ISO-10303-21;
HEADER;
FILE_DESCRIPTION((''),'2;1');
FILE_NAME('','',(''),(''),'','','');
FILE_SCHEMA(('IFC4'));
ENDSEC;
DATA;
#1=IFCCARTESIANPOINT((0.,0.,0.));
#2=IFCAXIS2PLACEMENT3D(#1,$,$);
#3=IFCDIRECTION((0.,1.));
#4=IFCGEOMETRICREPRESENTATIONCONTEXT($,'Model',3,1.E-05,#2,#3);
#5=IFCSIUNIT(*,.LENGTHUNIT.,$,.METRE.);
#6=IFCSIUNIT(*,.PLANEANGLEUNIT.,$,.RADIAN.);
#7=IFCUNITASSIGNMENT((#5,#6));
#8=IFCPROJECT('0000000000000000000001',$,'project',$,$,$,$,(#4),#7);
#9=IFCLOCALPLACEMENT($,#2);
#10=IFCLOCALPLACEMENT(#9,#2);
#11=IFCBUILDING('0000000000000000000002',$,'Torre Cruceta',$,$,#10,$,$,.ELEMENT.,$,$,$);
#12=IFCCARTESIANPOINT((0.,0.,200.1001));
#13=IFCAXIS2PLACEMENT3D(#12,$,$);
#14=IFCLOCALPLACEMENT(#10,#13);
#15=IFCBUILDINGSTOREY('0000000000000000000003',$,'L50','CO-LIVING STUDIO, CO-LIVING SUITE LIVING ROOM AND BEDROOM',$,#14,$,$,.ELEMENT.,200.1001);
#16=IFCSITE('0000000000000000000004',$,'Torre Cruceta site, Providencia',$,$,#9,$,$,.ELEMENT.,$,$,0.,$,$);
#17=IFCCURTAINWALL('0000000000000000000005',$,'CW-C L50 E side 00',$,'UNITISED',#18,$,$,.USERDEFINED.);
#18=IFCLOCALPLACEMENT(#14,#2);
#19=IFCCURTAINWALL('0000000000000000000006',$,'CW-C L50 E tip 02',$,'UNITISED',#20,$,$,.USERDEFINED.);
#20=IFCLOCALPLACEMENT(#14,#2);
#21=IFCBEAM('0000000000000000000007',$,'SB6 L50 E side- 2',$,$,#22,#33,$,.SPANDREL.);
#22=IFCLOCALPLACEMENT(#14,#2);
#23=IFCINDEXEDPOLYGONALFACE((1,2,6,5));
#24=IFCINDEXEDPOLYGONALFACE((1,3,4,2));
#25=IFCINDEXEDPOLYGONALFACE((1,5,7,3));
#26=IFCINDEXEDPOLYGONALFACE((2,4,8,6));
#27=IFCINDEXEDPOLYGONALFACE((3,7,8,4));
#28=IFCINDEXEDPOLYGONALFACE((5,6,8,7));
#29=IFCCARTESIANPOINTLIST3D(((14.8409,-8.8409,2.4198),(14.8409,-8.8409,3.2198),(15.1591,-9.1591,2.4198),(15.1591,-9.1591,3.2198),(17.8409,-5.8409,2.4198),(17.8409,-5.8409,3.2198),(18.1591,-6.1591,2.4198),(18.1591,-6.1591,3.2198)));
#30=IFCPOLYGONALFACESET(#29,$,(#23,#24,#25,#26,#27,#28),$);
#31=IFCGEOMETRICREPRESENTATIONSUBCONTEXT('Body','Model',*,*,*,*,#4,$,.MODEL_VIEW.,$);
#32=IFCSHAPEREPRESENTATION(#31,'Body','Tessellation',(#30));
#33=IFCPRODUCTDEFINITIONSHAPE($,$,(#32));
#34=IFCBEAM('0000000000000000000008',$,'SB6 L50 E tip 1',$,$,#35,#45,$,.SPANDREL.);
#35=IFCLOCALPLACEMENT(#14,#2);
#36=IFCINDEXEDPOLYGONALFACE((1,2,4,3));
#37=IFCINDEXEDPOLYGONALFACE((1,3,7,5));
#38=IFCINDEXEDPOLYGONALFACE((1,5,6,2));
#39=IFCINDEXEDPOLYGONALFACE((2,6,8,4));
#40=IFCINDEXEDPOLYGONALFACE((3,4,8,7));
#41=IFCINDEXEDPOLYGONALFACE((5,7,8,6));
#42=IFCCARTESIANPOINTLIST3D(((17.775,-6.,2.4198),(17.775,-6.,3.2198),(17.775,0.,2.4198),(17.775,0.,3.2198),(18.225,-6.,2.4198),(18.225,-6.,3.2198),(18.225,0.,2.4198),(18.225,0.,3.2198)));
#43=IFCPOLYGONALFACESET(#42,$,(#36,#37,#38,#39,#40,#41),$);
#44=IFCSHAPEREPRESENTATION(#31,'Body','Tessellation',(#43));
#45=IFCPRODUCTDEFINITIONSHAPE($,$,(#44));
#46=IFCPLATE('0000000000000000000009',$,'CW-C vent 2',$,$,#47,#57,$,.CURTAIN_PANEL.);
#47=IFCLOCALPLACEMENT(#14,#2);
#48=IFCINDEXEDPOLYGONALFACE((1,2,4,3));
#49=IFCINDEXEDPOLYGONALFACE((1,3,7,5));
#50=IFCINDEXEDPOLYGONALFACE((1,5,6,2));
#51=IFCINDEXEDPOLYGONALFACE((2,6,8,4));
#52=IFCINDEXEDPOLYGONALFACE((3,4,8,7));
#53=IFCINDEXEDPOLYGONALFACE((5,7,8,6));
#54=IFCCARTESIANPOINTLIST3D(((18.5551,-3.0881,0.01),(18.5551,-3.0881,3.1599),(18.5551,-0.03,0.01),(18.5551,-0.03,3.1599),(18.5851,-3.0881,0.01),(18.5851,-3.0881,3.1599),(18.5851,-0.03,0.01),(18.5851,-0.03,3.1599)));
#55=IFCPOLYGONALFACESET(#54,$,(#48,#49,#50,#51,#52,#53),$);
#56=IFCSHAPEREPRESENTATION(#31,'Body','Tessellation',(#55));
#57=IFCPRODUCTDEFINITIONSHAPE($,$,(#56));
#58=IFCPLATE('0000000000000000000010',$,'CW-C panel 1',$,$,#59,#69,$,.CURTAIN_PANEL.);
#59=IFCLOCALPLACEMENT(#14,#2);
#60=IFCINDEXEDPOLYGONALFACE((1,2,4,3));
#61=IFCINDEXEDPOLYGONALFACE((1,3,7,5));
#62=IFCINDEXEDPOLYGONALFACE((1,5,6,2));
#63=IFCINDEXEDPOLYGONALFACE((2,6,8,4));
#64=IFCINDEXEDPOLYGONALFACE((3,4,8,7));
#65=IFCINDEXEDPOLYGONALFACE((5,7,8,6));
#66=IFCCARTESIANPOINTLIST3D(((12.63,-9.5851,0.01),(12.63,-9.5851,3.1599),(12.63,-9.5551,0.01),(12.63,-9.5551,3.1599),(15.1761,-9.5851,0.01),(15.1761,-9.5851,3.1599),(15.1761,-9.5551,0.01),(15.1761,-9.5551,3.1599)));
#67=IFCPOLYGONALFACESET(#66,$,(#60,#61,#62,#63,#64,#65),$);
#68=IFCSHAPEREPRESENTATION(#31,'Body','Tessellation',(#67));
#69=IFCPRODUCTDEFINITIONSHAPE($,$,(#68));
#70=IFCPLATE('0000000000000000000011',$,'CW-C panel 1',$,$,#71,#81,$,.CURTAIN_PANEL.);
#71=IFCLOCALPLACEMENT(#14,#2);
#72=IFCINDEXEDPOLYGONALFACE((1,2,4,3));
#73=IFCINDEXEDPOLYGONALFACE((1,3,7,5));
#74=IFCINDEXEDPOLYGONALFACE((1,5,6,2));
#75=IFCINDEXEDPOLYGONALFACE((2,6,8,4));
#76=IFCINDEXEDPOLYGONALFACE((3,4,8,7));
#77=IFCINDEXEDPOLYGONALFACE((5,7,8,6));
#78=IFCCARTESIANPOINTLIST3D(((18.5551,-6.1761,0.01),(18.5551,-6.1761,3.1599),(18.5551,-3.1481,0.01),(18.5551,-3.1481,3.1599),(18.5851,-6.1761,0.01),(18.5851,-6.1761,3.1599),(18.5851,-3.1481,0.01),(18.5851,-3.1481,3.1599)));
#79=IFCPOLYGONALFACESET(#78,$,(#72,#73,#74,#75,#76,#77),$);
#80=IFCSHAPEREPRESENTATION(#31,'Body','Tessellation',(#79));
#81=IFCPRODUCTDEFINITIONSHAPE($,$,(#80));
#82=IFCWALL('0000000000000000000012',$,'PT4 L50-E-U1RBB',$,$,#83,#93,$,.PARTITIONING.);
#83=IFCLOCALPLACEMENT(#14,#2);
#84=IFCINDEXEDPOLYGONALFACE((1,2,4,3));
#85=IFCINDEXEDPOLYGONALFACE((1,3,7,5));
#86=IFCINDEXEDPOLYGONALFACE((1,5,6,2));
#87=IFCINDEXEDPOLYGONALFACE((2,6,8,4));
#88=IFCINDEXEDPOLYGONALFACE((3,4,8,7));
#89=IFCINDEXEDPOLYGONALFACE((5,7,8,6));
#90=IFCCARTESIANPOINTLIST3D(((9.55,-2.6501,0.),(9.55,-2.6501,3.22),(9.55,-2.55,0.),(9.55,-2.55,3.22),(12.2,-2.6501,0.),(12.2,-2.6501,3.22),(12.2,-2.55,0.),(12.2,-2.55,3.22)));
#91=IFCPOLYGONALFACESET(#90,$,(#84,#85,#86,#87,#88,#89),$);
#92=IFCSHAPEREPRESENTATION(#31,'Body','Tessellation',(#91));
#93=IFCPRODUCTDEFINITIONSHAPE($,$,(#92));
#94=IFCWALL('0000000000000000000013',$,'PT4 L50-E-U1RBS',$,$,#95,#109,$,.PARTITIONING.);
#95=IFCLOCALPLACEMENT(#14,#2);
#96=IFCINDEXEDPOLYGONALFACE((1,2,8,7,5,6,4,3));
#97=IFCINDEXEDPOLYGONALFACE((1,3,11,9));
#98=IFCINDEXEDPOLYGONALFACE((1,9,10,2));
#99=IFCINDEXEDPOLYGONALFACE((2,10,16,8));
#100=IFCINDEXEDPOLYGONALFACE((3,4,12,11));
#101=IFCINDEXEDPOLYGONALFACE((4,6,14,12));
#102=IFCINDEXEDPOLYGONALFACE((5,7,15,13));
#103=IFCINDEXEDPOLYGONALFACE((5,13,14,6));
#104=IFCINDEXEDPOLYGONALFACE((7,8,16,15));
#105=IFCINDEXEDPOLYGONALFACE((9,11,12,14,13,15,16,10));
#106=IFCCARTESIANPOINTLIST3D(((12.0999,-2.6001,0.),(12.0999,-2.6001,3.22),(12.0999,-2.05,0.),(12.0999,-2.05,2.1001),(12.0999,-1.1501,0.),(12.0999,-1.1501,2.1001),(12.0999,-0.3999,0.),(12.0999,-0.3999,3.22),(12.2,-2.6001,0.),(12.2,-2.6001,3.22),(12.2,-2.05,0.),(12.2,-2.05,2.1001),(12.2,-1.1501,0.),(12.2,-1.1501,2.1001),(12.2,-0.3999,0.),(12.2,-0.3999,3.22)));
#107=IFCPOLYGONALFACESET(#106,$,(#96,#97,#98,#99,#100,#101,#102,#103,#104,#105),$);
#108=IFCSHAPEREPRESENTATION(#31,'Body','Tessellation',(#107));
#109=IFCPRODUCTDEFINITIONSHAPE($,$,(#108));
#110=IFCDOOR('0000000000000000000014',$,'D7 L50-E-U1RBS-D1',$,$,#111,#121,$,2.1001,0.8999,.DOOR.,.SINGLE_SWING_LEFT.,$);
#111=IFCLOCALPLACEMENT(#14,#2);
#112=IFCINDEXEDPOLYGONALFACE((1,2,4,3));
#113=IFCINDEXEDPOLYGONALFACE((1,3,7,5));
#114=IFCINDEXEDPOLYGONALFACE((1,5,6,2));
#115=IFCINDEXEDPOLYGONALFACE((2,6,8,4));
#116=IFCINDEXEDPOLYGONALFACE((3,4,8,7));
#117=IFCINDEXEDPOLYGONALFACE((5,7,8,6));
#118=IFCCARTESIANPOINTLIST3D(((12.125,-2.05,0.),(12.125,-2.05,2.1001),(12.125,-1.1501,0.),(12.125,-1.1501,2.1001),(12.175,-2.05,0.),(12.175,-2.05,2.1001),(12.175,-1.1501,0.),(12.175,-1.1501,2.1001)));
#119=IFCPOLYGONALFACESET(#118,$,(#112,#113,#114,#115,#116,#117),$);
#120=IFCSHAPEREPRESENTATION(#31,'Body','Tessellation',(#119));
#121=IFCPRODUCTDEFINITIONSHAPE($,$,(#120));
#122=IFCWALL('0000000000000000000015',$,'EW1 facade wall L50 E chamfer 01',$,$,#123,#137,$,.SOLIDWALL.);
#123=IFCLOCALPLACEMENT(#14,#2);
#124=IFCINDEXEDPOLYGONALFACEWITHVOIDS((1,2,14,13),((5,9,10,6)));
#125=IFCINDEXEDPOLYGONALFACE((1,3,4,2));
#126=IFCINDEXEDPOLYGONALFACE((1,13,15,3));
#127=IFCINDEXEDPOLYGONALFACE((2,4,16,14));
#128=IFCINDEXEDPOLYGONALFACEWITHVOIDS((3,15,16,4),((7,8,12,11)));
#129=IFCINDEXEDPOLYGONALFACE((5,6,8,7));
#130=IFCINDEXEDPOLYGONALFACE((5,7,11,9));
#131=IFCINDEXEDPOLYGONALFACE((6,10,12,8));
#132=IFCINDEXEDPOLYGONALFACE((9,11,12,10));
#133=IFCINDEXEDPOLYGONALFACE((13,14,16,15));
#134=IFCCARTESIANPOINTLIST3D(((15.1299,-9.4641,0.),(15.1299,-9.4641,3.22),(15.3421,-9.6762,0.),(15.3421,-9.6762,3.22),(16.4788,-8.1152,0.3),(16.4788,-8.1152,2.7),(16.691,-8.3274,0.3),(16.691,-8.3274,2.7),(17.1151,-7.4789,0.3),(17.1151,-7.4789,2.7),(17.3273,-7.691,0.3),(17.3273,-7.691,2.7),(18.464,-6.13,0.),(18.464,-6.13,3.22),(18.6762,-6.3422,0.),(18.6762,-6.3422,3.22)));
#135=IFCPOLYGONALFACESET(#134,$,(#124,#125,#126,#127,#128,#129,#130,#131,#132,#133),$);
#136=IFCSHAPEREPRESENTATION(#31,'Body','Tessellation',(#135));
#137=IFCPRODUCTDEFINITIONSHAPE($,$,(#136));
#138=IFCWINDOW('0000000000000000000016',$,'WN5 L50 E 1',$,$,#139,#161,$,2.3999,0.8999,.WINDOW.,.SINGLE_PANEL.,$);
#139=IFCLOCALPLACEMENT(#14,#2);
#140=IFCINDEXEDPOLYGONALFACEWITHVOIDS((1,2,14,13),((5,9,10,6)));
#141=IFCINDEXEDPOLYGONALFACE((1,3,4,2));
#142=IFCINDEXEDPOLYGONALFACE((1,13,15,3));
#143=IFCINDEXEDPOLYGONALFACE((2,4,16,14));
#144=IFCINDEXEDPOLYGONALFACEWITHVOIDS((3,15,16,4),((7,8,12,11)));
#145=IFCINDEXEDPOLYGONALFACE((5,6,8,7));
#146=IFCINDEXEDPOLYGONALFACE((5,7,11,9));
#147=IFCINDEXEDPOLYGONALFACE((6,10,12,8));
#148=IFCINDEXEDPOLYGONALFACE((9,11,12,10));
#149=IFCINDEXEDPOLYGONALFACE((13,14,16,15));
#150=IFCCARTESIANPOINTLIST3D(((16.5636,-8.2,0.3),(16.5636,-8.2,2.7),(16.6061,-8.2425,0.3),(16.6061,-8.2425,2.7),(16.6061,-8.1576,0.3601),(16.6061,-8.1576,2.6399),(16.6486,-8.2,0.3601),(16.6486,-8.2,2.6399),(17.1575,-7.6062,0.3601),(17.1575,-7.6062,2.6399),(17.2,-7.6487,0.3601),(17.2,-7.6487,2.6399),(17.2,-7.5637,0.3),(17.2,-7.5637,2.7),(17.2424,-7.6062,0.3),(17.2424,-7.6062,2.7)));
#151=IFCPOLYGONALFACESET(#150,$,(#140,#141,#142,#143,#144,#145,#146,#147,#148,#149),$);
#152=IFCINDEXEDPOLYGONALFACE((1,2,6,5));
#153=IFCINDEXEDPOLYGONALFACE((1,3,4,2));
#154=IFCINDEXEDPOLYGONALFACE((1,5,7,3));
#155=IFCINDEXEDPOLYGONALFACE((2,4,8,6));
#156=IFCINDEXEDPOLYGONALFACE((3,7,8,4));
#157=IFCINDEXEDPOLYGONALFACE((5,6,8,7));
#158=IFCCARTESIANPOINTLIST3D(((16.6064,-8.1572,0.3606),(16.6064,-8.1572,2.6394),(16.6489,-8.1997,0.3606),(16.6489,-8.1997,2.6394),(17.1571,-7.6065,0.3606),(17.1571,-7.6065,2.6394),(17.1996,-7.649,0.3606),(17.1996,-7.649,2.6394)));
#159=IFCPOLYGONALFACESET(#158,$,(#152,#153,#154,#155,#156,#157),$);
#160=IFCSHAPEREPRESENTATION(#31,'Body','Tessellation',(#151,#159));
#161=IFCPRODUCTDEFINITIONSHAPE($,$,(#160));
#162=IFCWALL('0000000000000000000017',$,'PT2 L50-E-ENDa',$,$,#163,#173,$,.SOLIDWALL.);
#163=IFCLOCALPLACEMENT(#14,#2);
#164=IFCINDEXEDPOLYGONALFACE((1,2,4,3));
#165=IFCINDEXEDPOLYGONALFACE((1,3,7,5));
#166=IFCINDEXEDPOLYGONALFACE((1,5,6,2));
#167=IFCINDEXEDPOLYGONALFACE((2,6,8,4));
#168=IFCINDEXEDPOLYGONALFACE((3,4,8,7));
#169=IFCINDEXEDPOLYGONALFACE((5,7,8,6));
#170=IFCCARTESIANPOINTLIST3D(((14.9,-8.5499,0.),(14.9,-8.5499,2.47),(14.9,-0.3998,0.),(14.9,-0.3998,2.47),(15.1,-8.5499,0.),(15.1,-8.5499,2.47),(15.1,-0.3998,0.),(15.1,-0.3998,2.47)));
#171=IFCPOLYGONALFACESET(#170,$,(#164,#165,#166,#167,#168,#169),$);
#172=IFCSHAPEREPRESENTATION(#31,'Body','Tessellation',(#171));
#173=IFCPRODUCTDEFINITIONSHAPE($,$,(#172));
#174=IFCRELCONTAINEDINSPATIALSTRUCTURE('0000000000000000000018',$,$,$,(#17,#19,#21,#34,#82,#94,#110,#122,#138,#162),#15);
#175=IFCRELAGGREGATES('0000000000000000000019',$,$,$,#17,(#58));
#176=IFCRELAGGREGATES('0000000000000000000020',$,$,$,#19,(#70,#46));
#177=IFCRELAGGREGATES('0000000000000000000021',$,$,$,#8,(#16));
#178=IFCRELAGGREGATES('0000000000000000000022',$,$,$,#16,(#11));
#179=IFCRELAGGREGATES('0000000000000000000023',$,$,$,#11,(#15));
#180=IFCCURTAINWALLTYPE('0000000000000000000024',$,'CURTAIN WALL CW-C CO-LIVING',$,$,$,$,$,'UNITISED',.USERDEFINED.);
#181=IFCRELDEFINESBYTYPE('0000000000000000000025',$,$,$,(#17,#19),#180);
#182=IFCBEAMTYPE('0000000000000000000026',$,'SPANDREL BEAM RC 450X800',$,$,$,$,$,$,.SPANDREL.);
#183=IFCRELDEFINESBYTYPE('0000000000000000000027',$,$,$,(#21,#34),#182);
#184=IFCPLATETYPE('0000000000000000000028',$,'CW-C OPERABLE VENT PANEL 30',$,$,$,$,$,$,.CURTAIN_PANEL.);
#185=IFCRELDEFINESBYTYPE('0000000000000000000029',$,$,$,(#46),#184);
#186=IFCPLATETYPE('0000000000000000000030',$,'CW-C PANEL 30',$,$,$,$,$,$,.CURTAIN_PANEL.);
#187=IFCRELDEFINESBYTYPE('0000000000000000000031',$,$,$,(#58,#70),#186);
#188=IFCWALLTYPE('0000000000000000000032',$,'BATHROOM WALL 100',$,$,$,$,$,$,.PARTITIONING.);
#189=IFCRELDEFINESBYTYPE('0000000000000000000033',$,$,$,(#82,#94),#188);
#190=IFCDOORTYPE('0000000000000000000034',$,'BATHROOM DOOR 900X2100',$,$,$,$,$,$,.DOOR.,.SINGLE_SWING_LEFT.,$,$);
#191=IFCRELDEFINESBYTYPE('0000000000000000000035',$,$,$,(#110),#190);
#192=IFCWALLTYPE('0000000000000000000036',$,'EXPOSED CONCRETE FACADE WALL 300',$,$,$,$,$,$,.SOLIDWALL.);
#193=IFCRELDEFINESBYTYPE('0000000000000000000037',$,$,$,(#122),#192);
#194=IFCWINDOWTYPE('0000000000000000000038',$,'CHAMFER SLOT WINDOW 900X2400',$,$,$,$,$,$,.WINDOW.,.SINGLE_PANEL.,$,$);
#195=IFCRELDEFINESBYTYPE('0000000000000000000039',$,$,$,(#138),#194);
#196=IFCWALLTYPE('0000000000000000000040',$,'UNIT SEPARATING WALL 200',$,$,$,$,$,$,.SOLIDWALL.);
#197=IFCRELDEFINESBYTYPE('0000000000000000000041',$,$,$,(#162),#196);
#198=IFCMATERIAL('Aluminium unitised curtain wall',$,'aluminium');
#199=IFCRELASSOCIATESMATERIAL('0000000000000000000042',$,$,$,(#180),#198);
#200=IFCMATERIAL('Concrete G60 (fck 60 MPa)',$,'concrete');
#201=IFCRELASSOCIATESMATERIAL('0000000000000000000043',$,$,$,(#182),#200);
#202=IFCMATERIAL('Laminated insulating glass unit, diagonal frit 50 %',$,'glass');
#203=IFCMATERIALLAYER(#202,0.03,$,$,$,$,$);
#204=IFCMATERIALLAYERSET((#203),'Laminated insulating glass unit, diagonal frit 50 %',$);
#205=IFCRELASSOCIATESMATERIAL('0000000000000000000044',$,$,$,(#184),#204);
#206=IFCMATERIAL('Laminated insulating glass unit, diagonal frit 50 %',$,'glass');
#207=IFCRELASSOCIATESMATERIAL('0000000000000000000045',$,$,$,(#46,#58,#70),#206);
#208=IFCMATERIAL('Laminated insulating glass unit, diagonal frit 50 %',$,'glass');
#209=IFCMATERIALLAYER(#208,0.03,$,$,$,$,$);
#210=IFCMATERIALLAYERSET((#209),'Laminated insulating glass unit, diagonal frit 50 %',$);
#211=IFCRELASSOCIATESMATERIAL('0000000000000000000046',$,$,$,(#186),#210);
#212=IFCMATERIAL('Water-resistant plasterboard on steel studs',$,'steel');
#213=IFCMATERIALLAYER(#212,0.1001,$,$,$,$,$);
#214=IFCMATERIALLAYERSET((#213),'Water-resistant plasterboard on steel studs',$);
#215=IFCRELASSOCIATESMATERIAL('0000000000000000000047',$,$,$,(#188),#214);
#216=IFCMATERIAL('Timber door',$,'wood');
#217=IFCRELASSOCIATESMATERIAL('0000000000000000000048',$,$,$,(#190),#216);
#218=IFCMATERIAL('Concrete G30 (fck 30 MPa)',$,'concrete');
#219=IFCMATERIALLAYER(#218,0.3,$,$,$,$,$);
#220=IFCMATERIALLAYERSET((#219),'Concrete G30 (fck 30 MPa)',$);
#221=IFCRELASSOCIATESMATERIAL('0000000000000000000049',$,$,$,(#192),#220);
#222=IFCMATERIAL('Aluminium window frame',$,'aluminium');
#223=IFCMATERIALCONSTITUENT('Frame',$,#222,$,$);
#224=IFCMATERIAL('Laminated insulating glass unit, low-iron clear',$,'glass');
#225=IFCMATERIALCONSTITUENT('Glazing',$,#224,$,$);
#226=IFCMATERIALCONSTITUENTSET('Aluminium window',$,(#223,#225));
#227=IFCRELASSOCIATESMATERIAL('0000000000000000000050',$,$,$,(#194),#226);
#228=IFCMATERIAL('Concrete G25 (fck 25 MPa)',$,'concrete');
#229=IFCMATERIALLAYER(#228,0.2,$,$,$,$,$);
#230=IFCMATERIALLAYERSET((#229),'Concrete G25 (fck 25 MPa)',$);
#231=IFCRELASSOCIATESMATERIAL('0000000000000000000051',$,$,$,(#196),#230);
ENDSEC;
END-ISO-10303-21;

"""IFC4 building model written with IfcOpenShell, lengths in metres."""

from ifc_helpers import new_model, si_unit, direction, frame, frame_2d, origin, origin_2d, place, context, subcontext, project, spatial, rectangle, hollow_rectangle, extrude, material, layer, layer_set, constituent, constituent_set, material_profile, profile_set, type_object, element, fill, aggregate, save


model = new_model("IFC4")

# Units and contexts
model_context = context("Model", 3, precision=1e-05, world=origin(), true_north=direction((0.0, 1.0)))
body_context = subcontext(model_context, "Body", "Model", "MODEL_VIEW")
ifc_project = project(units=[si_unit("LENGTHUNIT", "METRE"), si_unit("PLANEANGLEUNIT", "RADIAN")], contexts=[model_context])

# Site, building, storey
site_placement = place(None, origin())
site = spatial("IfcSite", under=ifc_project, at=site_placement, Name="Torre Cruceta site, Providencia", CompositionType="ELEMENT", RefElevation=0.0)
building_placement = place(site_placement, origin())
building = spatial("IfcBuilding", under=site, at=building_placement, Name="Torre Cruceta", CompositionType="ELEMENT")
storey_placement = place(building_placement, frame((0.0, 0.0, 200.1001)))
storey = spatial("IfcBuildingStorey", under=building, at=storey_placement, Name="L50", Description="CO-LIVING STUDIO, CO-LIVING SUITE LIVING ROOM AND BEDROOM", CompositionType="ELEMENT", Elevation=200.1001)

# Curtain walls
ifc_material_1 = material(Name="Aluminium unitised curtain wall", Category="aluminium")
curtain_wall_type = type_object("IfcCurtainWallType", Name="CURTAIN WALL CW-C CO-LIVING", ElementType="UNITISED", PredefinedType="USERDEFINED", material=ifc_material_1)
curtain_wall_1_placement = place(storey_placement, origin())
curtain_wall_1 = element("IfcCurtainWall", 1, at=curtain_wall_1_placement, inside=storey, type_object=curtain_wall_type, Name="CW-C L50 E side 00", ObjectType="UNITISED", PredefinedType="USERDEFINED")
curtain_wall_2_placement = place(storey_placement, origin())
curtain_wall_2 = element("IfcCurtainWall", 2, at=curtain_wall_2_placement, inside=storey, type_object=curtain_wall_type, Name="CW-C L50 E tip 02", ObjectType="UNITISED", PredefinedType="USERDEFINED")

# Beams
ifc_material_2 = material(Name="Concrete G60 (fck 60 MPa)", Category="concrete")
ifc_material_profile_1 = material_profile(ifc_material_2, rectangle(XDim=0.45, YDim=0.8, at=origin_2d()), Name="RC 450X800")
ifc_profile_set_1 = profile_set([ifc_material_profile_1], Name="Concrete G60 (fck 60 MPa)")
beam_type_1 = type_object("IfcBeamType", Name="SPANDREL BEAM RC 450X800", PredefinedType="SPANDREL", material=ifc_profile_set_1)
beam_1_placement = place(storey_placement, frame((15.0, -9.0, 2.8198), z_axis=(0.707107, 0.707107, 0.0), x_axis=(-0.707107, 0.707107, 0.0)))
element("IfcBeam", 3, at=beam_1_placement, inside=storey, type_object=beam_type_1, Name="SB6 L50 E side- 2", PredefinedType="SPANDREL", context=body_context, shape_type="SweptSolid", body=[
    extrude(rectangle(XDim=0.45, YDim=0.8, at=origin_2d()), origin(), (0.0, 0.0, 1.0), 4.2427),
])
beam_2_placement = place(storey_placement, frame((18.0, -6.0, 2.8198), z_axis=(0.0, 1.0, 0.0), x_axis=(-1.0, 0.0, 0.0)))
element("IfcBeam", 4, at=beam_2_placement, inside=storey, type_object=beam_type_1, Name="SB6 L50 E tip 1", PredefinedType="SPANDREL", context=body_context, shape_type="SweptSolid", body=[
    extrude(rectangle(XDim=0.45, YDim=0.8, at=origin_2d()), origin(), (0.0, 0.0, 1.0), 6.0),
])

# Plates
ifc_material_3 = material(Name="Laminated insulating glass unit, diagonal frit 50 %", Category="glass")
ifc_material_4 = material(Name="Laminated insulating glass unit, diagonal frit 50 %", Category="glass")
ifc_layer_1 = layer(ifc_material_4, 0.03)
ifc_layer_set_1 = layer_set([ifc_layer_1], Name="Laminated insulating glass unit, diagonal frit 50 %")
plate_type_1 = type_object("IfcPlateType", Name="CW-C OPERABLE VENT PANEL 30", PredefinedType="CURTAIN_PANEL", material=ifc_layer_set_1)
plate_1_placement = place(storey_placement, frame((18.5701, -1.5591, 0.01), z_axis=(0.0, 0.0, 1.0), x_axis=(0.0, 1.0, 0.0)))
plate_1 = element("IfcPlate", 5, at=plate_1_placement, type_object=plate_type_1, material=ifc_material_3, Name="CW-C vent 2", PredefinedType="CURTAIN_PANEL", context=body_context, shape_type="SweptSolid", body=[
    extrude(rectangle(XDim=3.0581, YDim=0.03, at=origin_2d()), origin(), (0.0, 0.0, 1.0), 3.1499),
])
ifc_material_5 = material(Name="Laminated insulating glass unit, diagonal frit 50 %", Category="glass")
ifc_layer_2 = layer(ifc_material_5, 0.03)
ifc_layer_set_2 = layer_set([ifc_layer_2], Name="Laminated insulating glass unit, diagonal frit 50 %")
plate_type_2 = type_object("IfcPlateType", Name="CW-C PANEL 30", PredefinedType="CURTAIN_PANEL", material=ifc_layer_set_2)
plate_2_placement = place(storey_placement, frame((13.9031, -9.5701, 0.01), z_axis=(0.0, 0.0, 1.0), x_axis=(1.0, 0.0, 0.0)))
plate_2 = element("IfcPlate", 6, at=plate_2_placement, type_object=plate_type_2, material=ifc_material_3, Name="CW-C panel 1", PredefinedType="CURTAIN_PANEL", context=body_context, shape_type="SweptSolid", body=[
    extrude(rectangle(XDim=2.5461, YDim=0.03, at=origin_2d()), origin(), (0.0, 0.0, 1.0), 3.1499),
])
aggregate(curtain_wall_1, [plate_2])
plate_3_placement = place(storey_placement, frame((18.5701, -4.6621, 0.01), z_axis=(0.0, 0.0, 1.0), x_axis=(0.0, 1.0, 0.0)))
plate_3 = element("IfcPlate", 7, at=plate_3_placement, type_object=plate_type_2, material=ifc_material_3, Name="CW-C panel 1", PredefinedType="CURTAIN_PANEL", context=body_context, shape_type="SweptSolid", body=[
    extrude(rectangle(XDim=3.0281, YDim=0.03, at=origin_2d()), origin(), (0.0, 0.0, 1.0), 3.1499),
])
aggregate(curtain_wall_2, [plate_3, plate_1])

# Wall
ifc_material_6 = material(Name="Water-resistant plasterboard on steel studs", Category="steel")
ifc_layer_3 = layer(ifc_material_6, 0.1001)
ifc_layer_set_3 = layer_set([ifc_layer_3], Name="Water-resistant plasterboard on steel studs")
wall_type_1 = type_object("IfcWallType", Name="BATHROOM WALL 100", PredefinedType="PARTITIONING", material=ifc_layer_set_3)
wall_1_placement = place(storey_placement, frame((9.55, -2.6001, 0.0), z_axis=(0.0, 0.0, 1.0), x_axis=(1.0, 0.0, 0.0)))
element("IfcWall", 8, at=wall_1_placement, inside=storey, type_object=wall_type_1, Name="PT4 L50-E-U1RBB", PredefinedType="PARTITIONING", context=body_context, shape_type="SweptSolid", body=[
    extrude(rectangle(XDim=2.6499, YDim=0.1001, at=frame_2d((1.325, 0.0))), origin(), (0.0, 0.0, 1.0), 3.22),
])

# Wall, opening, door
wall_2_placement = place(storey_placement, frame((12.1499, -2.6001, 0.0), z_axis=(0.0, 0.0, 1.0), x_axis=(0.0, 1.0, 0.0)))
wall_2 = element("IfcWall", 9, at=wall_2_placement, inside=storey, type_object=wall_type_1, Name="PT4 L50-E-U1RBS", PredefinedType="PARTITIONING", context=body_context, shape_type="SweptSolid", body=[
    extrude(rectangle(XDim=2.2002, YDim=0.1001, at=frame_2d((1.1001, 0.0))), origin(), (0.0, 0.0, 1.0), 3.22),
])
opening_1_placement = place(wall_2_placement, frame((0.55, 0.0, 0.0)))
opening_1 = element("IfcOpeningElement", 10, at=opening_1_placement, cuts=wall_2, PredefinedType="OPENING", context=body_context, shape_type="SweptSolid", body=[
    extrude(rectangle(XDim=0.8999, YDim=2.1001, at=frame_2d((0.45, 1.05))), frame((0.0, 0.0601, 0.0), z_axis=(0.0, -1.0, 0.0), x_axis=(1.0, 0.0, 0.0)), (0.0, 0.0, 1.0), 0.1201),
])
ifc_material_7 = material(Name="Timber door", Category="wood")
door_type = type_object("IfcDoorType", Name="BATHROOM DOOR 900X2100", OperationType="SINGLE_SWING_LEFT", PredefinedType="DOOR", material=ifc_material_7)
door_placement = place(opening_1_placement, origin())
door = element("IfcDoor", 11, at=door_placement, inside=storey, type_object=door_type, Name="D7 L50-E-U1RBS-D1", OperationType="SINGLE_SWING_LEFT", OverallHeight=2.1001, OverallWidth=0.8999, PredefinedType="DOOR", context=body_context, shape_type="SweptSolid", body=[
    extrude(rectangle(XDim=0.8999, YDim=2.1001, at=frame_2d((0.45, 1.05))), frame((0.0, 0.0249, 0.0), z_axis=(0.0, -1.0, 0.0), x_axis=(1.0, 0.0, 0.0)), (0.0, 0.0, 1.0), 0.05),
])
fill(opening_1, door)

# Wall, opening, window
ifc_material_8 = material(Name="Concrete G30 (fck 30 MPa)", Category="concrete")
ifc_layer_4 = layer(ifc_material_8, 0.3)
ifc_layer_set_4 = layer_set([ifc_layer_4], Name="Concrete G30 (fck 30 MPa)")
wall_type_2 = type_object("IfcWallType", Name="EXPOSED CONCRETE FACADE WALL 300", PredefinedType="SOLIDWALL", material=ifc_layer_set_4)
wall_3_placement = place(storey_placement, frame((15.2361, -9.5701, 0.0), z_axis=(0.0, 0.0, 1.0), x_axis=(0.707107, 0.707107, 0.0)))
wall_3 = element("IfcWall", 12, at=wall_3_placement, inside=storey, type_object=wall_type_2, Name="EW1 facade wall L50 E chamfer 01", PredefinedType="SOLIDWALL", context=body_context, shape_type="SweptSolid", body=[
    extrude(rectangle(XDim=4.7151, YDim=0.3, at=frame_2d((2.3574, 0.0))), origin(), (0.0, 0.0, 1.0), 3.22),
])
opening_2_placement = place(wall_3_placement, frame((1.9075, 0.0, 0.3)))
opening_2 = element("IfcOpeningElement", 13, at=opening_2_placement, cuts=wall_3, PredefinedType="OPENING", context=body_context, shape_type="SweptSolid", body=[
    extrude(rectangle(XDim=0.8999, YDim=2.3999, at=frame_2d((0.45, 1.2))), frame((0.0, 0.1599, 0.0), z_axis=(0.0, -1.0, 0.0), x_axis=(1.0, 0.0, 0.0)), (0.0, 0.0, 1.0), 0.3201),
])
ifc_material_9 = material(Name="Aluminium window frame", Category="aluminium")
ifc_constituent_1 = constituent(ifc_material_9, Name="Frame")
ifc_material_10 = material(Name="Laminated insulating glass unit, low-iron clear", Category="glass")
ifc_constituent_2 = constituent(ifc_material_10, Name="Glazing")
ifc_constituent_set = constituent_set(constituents=[ifc_constituent_1, ifc_constituent_2], Name="Aluminium window")
window_type = type_object("IfcWindowType", Name="CHAMFER SLOT WINDOW 900X2400", PartitioningType="SINGLE_PANEL", PredefinedType="WINDOW", material=ifc_constituent_set)
window_placement = place(opening_2_placement, origin())
window = element("IfcWindow", 14, at=window_placement, inside=storey, type_object=window_type, Name="WN5 L50 E 1", OverallHeight=2.3999, OverallWidth=0.8999, PartitioningType="SINGLE_PANEL", PredefinedType="WINDOW", context=body_context, shape_type="SweptSolid", body=[
    extrude(hollow_rectangle(XDim=0.8999, YDim=2.3999, WallThickness=0.0601, at=frame_2d((0.45, 1.2))), frame((0.0, 0.03, 0.0), z_axis=(0.0, -1.0, 0.0), x_axis=(1.0, 0.0, 0.0)), (0.0, 0.0, 1.0), 0.0601),
    extrude(rectangle(XDim=0.7788, YDim=2.2788, at=frame_2d((0.45, 1.2))), frame((0.0, 0.03, 0.0), z_axis=(0.0, -1.0, 0.0), x_axis=(1.0, 0.0, 0.0)), (0.0, 0.0, 1.0), 0.0601),
])
fill(opening_2, window)

# Wall
ifc_material_11 = material(Name="Concrete G25 (fck 25 MPa)", Category="concrete")
ifc_layer_5 = layer(ifc_material_11, 0.2)
ifc_layer_set_5 = layer_set([ifc_layer_5], Name="Concrete G25 (fck 25 MPa)")
wall_type_3 = type_object("IfcWallType", Name="UNIT SEPARATING WALL 200", PredefinedType="SOLIDWALL", material=ifc_layer_set_5)
wall_4_placement = place(storey_placement, frame((15.0, -8.55, 0.0), z_axis=(0.0, 0.0, 1.0), x_axis=(0.0, 1.0, 0.0)))
element("IfcWall", 15, at=wall_4_placement, inside=storey, type_object=wall_type_3, Name="PT2 L50-E-ENDa", PredefinedType="SOLIDWALL", context=body_context, shape_type="SweptSolid", body=[
    extrude(rectangle(XDim=8.1501, YDim=0.2, at=frame_2d((4.0752, 0.0))), origin(), (0.0, 0.0, 1.0), 2.47),
])

save(model, "model.ifc")
